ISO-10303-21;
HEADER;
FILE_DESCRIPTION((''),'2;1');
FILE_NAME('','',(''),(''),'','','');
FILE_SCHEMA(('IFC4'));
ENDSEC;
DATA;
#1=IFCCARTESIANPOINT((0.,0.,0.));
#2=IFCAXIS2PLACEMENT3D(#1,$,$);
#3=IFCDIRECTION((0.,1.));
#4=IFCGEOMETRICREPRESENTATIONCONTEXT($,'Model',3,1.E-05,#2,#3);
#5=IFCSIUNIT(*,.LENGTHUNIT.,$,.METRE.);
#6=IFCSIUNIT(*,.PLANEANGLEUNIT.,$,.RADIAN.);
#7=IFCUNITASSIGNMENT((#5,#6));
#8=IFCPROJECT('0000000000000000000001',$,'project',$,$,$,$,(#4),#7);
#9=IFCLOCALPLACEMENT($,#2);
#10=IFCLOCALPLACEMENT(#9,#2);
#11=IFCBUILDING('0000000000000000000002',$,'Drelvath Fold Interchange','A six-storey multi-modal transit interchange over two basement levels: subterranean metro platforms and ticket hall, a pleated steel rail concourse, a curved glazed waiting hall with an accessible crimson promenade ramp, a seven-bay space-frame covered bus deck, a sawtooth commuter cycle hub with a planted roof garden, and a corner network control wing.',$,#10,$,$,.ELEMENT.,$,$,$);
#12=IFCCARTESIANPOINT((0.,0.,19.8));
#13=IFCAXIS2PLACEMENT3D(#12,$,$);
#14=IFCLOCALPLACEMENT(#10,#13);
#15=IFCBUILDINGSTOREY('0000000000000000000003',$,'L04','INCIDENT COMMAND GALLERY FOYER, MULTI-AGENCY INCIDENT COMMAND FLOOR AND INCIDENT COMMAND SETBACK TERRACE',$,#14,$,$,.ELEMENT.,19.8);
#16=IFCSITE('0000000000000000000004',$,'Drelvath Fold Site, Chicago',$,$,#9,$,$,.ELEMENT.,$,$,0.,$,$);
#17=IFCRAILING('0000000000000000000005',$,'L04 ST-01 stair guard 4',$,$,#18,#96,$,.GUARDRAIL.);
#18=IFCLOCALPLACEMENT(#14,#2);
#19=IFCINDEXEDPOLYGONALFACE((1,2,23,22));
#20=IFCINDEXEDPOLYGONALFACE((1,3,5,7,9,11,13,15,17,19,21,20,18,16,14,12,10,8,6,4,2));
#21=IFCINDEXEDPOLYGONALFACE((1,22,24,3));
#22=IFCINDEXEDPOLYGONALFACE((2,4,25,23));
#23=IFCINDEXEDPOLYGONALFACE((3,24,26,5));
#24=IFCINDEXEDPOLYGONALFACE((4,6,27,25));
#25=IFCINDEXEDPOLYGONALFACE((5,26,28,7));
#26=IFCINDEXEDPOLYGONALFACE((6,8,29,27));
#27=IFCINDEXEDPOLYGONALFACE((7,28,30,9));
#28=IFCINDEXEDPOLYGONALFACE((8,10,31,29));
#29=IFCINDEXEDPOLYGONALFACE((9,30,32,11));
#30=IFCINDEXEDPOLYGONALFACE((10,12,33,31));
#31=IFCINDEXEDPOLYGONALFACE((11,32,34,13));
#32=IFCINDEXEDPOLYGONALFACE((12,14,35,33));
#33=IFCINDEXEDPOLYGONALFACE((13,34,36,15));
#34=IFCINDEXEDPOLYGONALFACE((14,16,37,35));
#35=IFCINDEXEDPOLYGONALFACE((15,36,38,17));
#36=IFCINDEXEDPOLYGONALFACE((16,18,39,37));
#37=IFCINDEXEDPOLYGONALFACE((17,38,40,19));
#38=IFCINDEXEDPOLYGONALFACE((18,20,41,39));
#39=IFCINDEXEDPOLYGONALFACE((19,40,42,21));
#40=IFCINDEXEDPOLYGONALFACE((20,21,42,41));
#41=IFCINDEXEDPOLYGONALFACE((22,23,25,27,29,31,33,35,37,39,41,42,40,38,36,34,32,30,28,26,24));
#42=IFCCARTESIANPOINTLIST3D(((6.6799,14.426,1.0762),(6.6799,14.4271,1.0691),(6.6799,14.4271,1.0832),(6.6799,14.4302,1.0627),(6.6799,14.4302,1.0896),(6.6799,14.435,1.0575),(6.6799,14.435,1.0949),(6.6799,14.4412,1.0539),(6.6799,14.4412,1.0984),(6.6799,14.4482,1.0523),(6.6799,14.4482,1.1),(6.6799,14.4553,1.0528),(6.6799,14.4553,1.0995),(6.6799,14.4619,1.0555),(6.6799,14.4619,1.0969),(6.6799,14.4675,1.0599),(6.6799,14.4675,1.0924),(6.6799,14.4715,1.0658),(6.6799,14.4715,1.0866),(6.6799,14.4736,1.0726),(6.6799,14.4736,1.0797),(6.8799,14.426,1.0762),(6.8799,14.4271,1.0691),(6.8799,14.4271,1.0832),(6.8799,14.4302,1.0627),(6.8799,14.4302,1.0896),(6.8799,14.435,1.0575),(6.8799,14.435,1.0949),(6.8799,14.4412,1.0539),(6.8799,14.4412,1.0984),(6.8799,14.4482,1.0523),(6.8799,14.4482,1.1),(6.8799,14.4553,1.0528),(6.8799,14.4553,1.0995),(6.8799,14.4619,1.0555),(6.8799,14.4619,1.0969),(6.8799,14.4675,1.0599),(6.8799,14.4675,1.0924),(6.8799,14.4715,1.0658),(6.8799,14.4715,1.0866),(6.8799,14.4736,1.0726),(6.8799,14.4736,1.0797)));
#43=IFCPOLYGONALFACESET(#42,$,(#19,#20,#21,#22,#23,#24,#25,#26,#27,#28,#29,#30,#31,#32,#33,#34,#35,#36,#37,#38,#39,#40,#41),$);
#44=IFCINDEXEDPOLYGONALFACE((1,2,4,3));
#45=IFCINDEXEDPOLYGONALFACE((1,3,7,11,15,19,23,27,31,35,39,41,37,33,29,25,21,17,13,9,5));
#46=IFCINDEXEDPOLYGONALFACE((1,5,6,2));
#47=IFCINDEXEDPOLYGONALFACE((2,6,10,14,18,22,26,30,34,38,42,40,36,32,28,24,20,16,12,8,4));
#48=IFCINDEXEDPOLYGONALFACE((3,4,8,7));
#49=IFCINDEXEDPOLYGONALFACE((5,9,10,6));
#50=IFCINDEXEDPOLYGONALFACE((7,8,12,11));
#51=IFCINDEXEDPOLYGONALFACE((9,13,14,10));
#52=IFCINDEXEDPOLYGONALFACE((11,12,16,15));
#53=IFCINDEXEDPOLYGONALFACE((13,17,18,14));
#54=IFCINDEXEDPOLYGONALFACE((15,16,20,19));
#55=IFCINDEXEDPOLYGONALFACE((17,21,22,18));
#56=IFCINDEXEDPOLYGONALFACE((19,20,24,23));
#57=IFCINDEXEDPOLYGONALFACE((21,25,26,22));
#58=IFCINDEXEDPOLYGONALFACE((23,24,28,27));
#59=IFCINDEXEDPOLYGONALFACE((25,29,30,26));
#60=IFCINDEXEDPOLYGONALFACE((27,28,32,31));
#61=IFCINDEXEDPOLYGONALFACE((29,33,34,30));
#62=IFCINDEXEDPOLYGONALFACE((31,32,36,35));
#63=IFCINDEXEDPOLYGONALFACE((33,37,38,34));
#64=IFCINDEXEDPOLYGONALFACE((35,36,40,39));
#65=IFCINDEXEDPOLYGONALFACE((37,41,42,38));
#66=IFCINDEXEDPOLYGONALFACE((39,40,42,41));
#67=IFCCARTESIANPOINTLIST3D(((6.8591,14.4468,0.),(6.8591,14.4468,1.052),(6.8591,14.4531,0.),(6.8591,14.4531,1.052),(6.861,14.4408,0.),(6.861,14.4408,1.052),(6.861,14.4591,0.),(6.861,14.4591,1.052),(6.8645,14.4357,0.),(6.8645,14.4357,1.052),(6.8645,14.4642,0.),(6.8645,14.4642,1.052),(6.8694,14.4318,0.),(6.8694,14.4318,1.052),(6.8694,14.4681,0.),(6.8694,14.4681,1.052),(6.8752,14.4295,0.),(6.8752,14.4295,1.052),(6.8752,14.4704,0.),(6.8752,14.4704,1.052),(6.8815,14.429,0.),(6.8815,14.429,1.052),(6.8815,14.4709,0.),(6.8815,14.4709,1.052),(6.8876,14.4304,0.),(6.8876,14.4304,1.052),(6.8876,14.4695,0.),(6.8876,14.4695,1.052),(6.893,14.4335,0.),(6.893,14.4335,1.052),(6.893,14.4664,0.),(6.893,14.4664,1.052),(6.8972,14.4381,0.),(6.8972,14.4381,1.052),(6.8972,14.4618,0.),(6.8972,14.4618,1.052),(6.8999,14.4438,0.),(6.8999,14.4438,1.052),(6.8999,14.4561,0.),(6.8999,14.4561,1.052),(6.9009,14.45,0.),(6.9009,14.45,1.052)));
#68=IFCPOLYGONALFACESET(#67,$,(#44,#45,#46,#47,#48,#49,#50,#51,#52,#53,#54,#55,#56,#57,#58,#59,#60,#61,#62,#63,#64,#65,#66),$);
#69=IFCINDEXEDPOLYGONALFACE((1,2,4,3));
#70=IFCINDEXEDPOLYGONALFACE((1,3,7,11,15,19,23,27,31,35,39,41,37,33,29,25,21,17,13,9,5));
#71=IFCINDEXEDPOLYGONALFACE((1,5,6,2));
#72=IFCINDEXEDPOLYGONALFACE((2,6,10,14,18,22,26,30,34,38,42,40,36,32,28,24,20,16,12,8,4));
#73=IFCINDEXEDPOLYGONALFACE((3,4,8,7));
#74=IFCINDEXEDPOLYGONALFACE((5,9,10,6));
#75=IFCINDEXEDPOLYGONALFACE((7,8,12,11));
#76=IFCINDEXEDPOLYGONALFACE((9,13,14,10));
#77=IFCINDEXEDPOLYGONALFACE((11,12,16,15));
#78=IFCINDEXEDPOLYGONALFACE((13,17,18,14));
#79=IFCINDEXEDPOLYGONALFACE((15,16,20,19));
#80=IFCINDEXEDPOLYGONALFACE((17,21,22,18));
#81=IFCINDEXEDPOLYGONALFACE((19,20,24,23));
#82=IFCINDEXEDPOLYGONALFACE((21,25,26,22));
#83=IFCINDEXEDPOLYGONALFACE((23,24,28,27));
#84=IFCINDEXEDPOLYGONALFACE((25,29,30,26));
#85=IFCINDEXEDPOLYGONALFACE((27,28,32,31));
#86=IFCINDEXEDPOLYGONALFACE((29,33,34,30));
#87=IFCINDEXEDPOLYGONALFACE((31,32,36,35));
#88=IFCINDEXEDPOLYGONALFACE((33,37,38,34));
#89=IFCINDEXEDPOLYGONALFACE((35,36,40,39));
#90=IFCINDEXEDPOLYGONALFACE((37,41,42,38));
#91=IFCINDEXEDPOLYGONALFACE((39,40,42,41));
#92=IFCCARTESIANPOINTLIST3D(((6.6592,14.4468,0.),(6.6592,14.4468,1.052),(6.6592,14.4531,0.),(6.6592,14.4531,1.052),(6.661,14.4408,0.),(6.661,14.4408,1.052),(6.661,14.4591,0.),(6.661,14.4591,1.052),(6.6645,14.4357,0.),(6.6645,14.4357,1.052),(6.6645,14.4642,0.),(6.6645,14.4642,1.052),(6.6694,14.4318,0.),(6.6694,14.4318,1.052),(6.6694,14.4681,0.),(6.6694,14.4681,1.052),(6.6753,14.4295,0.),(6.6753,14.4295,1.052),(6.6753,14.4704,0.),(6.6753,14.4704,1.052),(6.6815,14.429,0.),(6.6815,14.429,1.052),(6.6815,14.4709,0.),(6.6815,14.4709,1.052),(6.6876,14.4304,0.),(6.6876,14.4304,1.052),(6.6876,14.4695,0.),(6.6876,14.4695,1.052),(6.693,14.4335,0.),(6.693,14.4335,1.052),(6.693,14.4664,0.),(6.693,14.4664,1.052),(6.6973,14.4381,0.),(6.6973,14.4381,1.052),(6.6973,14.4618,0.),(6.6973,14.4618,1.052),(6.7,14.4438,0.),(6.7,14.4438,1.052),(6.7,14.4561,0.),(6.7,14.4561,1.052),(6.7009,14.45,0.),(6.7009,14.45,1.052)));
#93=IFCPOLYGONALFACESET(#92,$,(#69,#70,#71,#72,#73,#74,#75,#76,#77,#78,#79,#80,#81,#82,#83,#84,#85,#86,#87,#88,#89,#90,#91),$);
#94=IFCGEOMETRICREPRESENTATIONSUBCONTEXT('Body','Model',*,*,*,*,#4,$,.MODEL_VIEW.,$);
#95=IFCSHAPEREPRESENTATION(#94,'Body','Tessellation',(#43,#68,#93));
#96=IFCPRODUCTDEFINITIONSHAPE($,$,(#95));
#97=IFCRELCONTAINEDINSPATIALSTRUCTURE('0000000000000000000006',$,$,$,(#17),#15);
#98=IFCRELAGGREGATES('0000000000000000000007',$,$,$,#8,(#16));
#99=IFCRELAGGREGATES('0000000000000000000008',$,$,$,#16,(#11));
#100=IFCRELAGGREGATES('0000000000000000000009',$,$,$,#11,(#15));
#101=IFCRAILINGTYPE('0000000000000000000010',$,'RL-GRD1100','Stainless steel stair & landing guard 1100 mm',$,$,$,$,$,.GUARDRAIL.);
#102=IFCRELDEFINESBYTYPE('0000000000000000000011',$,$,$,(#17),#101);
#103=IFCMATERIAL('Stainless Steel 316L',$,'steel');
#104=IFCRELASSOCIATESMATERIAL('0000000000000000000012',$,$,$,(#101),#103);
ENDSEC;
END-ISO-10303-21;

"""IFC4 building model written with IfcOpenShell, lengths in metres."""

from ifc_helpers import new_model, si_unit, direction, frame, origin, origin_2d, place, context, subcontext, project, spatial, circle, extrude, material, type_object, element, save


model = new_model("IFC4")

# Units and contexts
model_context = context("Model", 3, precision=1e-05, world=origin(), true_north=direction((0.0, 1.0)))
body_context = subcontext(model_context, "Body", "Model", "MODEL_VIEW")
ifc_project = project(units=[si_unit("LENGTHUNIT", "METRE"), si_unit("PLANEANGLEUNIT", "RADIAN")], contexts=[model_context])

# Site, building, storey
site_placement = place(None, origin())
site = spatial("IfcSite", under=ifc_project, at=site_placement, Name="Drelvath Fold Site, Chicago", CompositionType="ELEMENT", RefElevation=0.0)
building_placement = place(site_placement, origin())
building = spatial("IfcBuilding", under=site, at=building_placement, Name="Drelvath Fold Interchange", Description="A six-storey multi-modal transit interchange over two basement levels: subterranean metro platforms and ticket hall, a pleated steel rail concourse, a curved glazed waiting hall with an accessible crimson promenade ramp, a seven-bay space-frame covered bus deck, a sawtooth commuter cycle hub with a planted roof garden, and a corner network control wing.", CompositionType="ELEMENT")
storey_placement = place(building_placement, frame((0.0, 0.0, 19.8)))
storey = spatial("IfcBuildingStorey", under=building, at=storey_placement, Name="L04", Description="INCIDENT COMMAND GALLERY FOYER, MULTI-AGENCY INCIDENT COMMAND FLOOR AND INCIDENT COMMAND SETBACK TERRACE", CompositionType="ELEMENT", Elevation=19.8)

# Railing
ifc_material_1 = material(Name="Stainless Steel 316L", Category="steel")
railing_type_1 = type_object("IfcRailingType", Name="RL-GRD1100", Description="Stainless steel stair & landing guard 1100 mm", PredefinedType="GUARDRAIL", material=ifc_material_1)
railing_1_placement = place(storey_placement, frame((6.8799, 14.45, 0.0)))
element("IfcRailing", 1, at=railing_1_placement, inside=storey, type_object=railing_type_1, Name="L04 ST-01 stair guard 4", PredefinedType="GUARDRAIL", context=body_context, shape_type="SweptSolid", body=[
    extrude(circle(Radius=0.0239, at=origin_2d()), frame((0.0, 0.0, 1.0762), z_axis=(-1.0, 0.0, 0.0), x_axis=(0.0, -1.0, 0.0)), (0.0, 0.0, 1.0), 0.2),
    extrude(circle(Radius=0.021, at=origin_2d()), origin(), (0.0, 0.0, 1.0), 1.052),
    extrude(circle(Radius=0.021, at=origin_2d()), frame((-0.2, 0.0, 0.0)), (0.0, 0.0, 1.0), 1.052),
])

save(model, "model.ifc")
